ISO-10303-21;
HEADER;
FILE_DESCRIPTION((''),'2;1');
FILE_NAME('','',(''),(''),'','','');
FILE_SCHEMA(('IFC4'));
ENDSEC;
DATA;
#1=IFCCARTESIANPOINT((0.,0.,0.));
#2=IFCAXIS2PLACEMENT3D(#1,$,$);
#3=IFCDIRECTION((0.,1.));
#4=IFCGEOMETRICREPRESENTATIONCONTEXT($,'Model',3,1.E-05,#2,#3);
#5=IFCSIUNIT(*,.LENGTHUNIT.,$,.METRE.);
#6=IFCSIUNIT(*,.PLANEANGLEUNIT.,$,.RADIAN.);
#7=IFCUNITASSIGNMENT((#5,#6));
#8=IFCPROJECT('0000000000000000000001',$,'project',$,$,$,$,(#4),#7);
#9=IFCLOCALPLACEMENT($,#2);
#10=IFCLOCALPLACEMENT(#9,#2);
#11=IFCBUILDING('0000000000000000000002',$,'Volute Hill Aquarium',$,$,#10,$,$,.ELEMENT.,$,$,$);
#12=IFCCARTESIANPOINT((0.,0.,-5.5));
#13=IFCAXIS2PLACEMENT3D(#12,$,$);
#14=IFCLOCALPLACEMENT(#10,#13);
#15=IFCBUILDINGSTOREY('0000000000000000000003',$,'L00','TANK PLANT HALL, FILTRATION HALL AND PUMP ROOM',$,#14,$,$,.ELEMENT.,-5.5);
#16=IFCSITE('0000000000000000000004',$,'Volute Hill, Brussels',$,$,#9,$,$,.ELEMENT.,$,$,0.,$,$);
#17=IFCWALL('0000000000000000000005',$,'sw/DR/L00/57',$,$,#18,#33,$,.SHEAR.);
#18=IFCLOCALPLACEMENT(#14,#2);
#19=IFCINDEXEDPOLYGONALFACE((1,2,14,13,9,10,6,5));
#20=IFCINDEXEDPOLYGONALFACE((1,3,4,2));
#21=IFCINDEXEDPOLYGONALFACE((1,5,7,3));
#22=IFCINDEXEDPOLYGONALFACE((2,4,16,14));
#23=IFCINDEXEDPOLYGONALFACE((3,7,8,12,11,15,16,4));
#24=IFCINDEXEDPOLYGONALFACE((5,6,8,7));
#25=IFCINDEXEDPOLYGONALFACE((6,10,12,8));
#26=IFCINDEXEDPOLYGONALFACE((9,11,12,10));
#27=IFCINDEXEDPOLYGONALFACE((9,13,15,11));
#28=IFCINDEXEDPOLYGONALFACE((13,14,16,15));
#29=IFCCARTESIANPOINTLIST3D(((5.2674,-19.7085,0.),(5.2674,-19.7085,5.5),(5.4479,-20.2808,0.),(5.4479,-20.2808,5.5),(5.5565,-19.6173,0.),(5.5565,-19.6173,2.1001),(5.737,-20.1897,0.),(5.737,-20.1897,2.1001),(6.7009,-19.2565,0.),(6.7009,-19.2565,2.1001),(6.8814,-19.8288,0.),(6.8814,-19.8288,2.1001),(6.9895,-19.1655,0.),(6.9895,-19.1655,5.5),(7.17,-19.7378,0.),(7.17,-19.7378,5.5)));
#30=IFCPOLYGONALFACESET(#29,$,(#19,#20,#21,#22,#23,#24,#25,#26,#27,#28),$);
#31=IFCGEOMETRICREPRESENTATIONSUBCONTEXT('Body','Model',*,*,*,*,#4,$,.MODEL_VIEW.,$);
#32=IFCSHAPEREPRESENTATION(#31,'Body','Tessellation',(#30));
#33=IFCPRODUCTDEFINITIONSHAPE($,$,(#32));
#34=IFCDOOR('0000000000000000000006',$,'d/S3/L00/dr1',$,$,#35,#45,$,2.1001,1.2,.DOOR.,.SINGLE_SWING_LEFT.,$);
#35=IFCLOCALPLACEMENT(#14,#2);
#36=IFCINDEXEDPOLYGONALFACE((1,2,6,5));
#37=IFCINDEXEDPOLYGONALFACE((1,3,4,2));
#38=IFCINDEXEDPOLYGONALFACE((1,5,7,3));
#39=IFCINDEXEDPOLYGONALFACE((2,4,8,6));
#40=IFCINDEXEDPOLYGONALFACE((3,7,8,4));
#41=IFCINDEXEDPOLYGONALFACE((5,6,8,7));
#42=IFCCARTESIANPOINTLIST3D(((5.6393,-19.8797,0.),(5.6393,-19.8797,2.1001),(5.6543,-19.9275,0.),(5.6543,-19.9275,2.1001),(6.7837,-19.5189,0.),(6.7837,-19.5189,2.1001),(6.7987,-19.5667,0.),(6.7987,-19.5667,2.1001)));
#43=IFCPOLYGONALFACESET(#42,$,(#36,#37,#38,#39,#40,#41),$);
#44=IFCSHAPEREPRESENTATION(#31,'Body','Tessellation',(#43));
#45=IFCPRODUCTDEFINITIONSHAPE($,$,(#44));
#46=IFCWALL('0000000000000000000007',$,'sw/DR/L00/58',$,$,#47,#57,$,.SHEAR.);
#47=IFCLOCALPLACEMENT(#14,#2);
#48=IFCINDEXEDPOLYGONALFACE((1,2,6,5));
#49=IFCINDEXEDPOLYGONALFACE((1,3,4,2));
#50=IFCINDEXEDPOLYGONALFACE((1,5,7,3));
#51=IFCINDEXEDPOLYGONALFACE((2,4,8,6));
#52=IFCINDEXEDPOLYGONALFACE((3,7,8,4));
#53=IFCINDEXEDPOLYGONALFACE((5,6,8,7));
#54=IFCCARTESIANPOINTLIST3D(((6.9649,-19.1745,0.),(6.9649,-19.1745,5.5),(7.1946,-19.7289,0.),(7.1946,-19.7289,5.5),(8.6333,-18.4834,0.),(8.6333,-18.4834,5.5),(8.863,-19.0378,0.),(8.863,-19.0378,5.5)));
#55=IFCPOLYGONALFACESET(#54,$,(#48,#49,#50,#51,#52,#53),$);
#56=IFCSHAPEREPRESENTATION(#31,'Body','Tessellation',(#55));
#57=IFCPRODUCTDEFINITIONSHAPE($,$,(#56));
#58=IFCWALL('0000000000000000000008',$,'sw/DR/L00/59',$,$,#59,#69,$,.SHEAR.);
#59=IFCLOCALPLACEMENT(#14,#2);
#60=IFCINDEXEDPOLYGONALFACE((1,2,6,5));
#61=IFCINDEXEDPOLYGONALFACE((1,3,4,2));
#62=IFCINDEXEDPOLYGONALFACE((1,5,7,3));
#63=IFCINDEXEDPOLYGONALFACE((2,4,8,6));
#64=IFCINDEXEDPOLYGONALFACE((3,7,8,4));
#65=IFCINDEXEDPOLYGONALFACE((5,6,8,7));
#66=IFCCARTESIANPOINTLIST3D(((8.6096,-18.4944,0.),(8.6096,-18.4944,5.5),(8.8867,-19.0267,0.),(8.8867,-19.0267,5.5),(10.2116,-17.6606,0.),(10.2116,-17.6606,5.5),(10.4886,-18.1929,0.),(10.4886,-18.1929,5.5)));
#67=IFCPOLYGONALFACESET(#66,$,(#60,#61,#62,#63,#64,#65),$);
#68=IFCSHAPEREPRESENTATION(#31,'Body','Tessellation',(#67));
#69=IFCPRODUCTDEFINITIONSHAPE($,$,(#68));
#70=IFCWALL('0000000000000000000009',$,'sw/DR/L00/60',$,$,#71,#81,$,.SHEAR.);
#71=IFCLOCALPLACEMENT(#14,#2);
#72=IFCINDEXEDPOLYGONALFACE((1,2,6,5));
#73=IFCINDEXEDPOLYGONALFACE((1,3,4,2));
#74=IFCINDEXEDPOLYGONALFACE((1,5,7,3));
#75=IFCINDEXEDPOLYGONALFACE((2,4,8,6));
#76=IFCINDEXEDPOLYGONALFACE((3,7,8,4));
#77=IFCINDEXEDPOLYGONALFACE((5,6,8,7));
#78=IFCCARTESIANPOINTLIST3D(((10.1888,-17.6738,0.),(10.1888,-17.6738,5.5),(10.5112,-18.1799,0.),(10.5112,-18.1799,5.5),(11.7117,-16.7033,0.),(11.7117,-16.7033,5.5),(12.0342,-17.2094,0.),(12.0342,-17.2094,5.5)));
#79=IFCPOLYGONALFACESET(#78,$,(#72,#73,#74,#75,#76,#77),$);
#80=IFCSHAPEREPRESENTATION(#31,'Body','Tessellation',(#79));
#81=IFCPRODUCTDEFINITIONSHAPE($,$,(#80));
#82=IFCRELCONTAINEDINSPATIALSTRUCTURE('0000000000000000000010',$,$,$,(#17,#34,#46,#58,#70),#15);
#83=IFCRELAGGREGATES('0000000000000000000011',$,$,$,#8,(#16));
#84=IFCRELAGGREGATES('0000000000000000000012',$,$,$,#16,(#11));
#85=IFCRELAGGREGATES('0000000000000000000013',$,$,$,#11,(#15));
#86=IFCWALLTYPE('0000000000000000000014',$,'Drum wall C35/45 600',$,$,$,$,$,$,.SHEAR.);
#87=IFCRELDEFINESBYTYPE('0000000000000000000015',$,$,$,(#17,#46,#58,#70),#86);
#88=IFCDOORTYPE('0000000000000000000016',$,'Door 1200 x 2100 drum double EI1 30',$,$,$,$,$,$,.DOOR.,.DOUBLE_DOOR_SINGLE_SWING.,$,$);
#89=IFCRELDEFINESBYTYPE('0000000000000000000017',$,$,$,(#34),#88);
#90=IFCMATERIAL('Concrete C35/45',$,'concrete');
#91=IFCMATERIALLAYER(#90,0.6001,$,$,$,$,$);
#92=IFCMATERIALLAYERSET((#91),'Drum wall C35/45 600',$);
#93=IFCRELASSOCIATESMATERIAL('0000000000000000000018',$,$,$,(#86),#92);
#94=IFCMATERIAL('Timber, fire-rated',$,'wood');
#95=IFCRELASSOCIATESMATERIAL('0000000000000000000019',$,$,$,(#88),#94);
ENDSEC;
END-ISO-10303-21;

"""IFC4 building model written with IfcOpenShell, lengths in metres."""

from ifc_helpers import new_model, si_unit, direction, frame, frame_2d, origin, place, context, subcontext, project, spatial, rectangle, extrude, material, layer, layer_set, type_object, element, fill, save


model = new_model("IFC4")

# Units and contexts
model_context = context("Model", 3, precision=1e-05, world=origin(), true_north=direction((0.0, 1.0)))
body_context = subcontext(model_context, "Body", "Model", "MODEL_VIEW")
ifc_project = project(units=[si_unit("LENGTHUNIT", "METRE"), si_unit("PLANEANGLEUNIT", "RADIAN")], contexts=[model_context])

# Site, building, storey
site_placement = place(None, origin())
site = spatial("IfcSite", under=ifc_project, at=site_placement, Name="Volute Hill, Brussels", CompositionType="ELEMENT", RefElevation=0.0)
building_placement = place(site_placement, origin())
building = spatial("IfcBuilding", under=site, at=building_placement, Name="Volute Hill Aquarium", CompositionType="ELEMENT")
storey_placement = place(building_placement, frame((0.0, 0.0, -5.5)))
storey = spatial("IfcBuildingStorey", under=building, at=storey_placement, Name="L00", Description="TANK PLANT HALL, FILTRATION HALL AND PUMP ROOM", CompositionType="ELEMENT", Elevation=-5.5)

# Wall, opening, door
ifc_material_1 = material(Name="Concrete C35/45", Category="concrete")
ifc_layer = layer(ifc_material_1, 0.6001)
ifc_layer_set = layer_set([ifc_layer], Name="Drum wall C35/45 600")
wall_type = type_object("IfcWallType", Name="Drum wall C35/45 600", PredefinedType="SHEAR", material=ifc_layer_set)
wall_placement = place(storey_placement, frame((5.3577, -19.9946, 0.0), z_axis=(0.0, 0.0, 1.0), x_axis=(0.953722, 0.300691, 0.0)))
wall = element("IfcWall", 1, at=wall_placement, inside=storey, type_object=wall_type, Name="sw/DR/L00/57", PredefinedType="SHEAR", context=body_context, shape_type="SweptSolid", body=[
    extrude(rectangle(XDim=1.8057, YDim=0.6001, at=frame_2d((0.9028, 0.0))), origin(), (0.0, 0.0, 1.0), 5.5),
])
opening_placement = place(wall_placement, frame((0.303, 0.0, 0.0)))
opening = element("IfcOpeningElement", 2, at=opening_placement, cuts=wall, PredefinedType="OPENING", context=body_context, shape_type="SweptSolid", body=[
    extrude(rectangle(XDim=1.2, YDim=2.1001, at=frame_2d((0.6001, 1.05))), frame((0.0, 0.3101, 0.0), z_axis=(0.0, -1.0, 0.0), x_axis=(1.0, 0.0, 0.0)), (0.0, 0.0, 1.0), 0.6201),
])
ifc_material_2 = material(Name="Timber, fire-rated", Category="wood")
door_type = type_object("IfcDoorType", Name="Door 1200 x 2100 drum double EI1 30", OperationType="DOUBLE_DOOR_SINGLE_SWING", PredefinedType="DOOR", material=ifc_material_2)
door_placement = place(opening_placement, origin())
door = element("IfcDoor", 3, at=door_placement, inside=storey, type_object=door_type, Name="d/S3/L00/dr1", OperationType="SINGLE_SWING_LEFT", OverallHeight=2.1001, OverallWidth=1.2, PredefinedType="DOOR", context=body_context, shape_type="SweptSolid", body=[
    extrude(rectangle(XDim=1.2, YDim=2.1001, at=frame_2d((0.6001, 1.05))), frame((0.0, 0.0249, 0.0), z_axis=(0.0, -1.0, 0.0), x_axis=(1.0, 0.0, 0.0)), (0.0, 0.0, 1.0), 0.05),
])
fill(opening, door)

# Walls
for number, where, z_axis, x_axis, name in (
    (4, (7.0798, -19.4517, 0.0), (0.0, 0.0, 1.0), (0.923867, 0.382714, 0.0), "sw/DR/L00/58"),
    (5, (8.7483, -18.7605, 0.0), (0.0, 0.0, 1.0), (0.887035, 0.461702, 0.0), "sw/DR/L00/59"),
    (6, (10.3501, -17.9268, 0.0), (0.0, 0.0, 1.0), (0.843333, 0.537392, 0.0), "sw/DR/L00/60"),
):
    element("IfcWall", number, at=place(storey_placement, frame(where, z_axis=z_axis, x_axis=x_axis)), inside=storey, type_object=wall_type, Name=name, PredefinedType="SHEAR", context=body_context, shape_type="SweptSolid", body=[
        extrude(rectangle(XDim=1.8059, YDim=0.6001, at=frame_2d((0.9028, 0.0))), origin(), (0.0, 0.0, 1.0), 5.5),
    ])

save(model, "model.ifc")
